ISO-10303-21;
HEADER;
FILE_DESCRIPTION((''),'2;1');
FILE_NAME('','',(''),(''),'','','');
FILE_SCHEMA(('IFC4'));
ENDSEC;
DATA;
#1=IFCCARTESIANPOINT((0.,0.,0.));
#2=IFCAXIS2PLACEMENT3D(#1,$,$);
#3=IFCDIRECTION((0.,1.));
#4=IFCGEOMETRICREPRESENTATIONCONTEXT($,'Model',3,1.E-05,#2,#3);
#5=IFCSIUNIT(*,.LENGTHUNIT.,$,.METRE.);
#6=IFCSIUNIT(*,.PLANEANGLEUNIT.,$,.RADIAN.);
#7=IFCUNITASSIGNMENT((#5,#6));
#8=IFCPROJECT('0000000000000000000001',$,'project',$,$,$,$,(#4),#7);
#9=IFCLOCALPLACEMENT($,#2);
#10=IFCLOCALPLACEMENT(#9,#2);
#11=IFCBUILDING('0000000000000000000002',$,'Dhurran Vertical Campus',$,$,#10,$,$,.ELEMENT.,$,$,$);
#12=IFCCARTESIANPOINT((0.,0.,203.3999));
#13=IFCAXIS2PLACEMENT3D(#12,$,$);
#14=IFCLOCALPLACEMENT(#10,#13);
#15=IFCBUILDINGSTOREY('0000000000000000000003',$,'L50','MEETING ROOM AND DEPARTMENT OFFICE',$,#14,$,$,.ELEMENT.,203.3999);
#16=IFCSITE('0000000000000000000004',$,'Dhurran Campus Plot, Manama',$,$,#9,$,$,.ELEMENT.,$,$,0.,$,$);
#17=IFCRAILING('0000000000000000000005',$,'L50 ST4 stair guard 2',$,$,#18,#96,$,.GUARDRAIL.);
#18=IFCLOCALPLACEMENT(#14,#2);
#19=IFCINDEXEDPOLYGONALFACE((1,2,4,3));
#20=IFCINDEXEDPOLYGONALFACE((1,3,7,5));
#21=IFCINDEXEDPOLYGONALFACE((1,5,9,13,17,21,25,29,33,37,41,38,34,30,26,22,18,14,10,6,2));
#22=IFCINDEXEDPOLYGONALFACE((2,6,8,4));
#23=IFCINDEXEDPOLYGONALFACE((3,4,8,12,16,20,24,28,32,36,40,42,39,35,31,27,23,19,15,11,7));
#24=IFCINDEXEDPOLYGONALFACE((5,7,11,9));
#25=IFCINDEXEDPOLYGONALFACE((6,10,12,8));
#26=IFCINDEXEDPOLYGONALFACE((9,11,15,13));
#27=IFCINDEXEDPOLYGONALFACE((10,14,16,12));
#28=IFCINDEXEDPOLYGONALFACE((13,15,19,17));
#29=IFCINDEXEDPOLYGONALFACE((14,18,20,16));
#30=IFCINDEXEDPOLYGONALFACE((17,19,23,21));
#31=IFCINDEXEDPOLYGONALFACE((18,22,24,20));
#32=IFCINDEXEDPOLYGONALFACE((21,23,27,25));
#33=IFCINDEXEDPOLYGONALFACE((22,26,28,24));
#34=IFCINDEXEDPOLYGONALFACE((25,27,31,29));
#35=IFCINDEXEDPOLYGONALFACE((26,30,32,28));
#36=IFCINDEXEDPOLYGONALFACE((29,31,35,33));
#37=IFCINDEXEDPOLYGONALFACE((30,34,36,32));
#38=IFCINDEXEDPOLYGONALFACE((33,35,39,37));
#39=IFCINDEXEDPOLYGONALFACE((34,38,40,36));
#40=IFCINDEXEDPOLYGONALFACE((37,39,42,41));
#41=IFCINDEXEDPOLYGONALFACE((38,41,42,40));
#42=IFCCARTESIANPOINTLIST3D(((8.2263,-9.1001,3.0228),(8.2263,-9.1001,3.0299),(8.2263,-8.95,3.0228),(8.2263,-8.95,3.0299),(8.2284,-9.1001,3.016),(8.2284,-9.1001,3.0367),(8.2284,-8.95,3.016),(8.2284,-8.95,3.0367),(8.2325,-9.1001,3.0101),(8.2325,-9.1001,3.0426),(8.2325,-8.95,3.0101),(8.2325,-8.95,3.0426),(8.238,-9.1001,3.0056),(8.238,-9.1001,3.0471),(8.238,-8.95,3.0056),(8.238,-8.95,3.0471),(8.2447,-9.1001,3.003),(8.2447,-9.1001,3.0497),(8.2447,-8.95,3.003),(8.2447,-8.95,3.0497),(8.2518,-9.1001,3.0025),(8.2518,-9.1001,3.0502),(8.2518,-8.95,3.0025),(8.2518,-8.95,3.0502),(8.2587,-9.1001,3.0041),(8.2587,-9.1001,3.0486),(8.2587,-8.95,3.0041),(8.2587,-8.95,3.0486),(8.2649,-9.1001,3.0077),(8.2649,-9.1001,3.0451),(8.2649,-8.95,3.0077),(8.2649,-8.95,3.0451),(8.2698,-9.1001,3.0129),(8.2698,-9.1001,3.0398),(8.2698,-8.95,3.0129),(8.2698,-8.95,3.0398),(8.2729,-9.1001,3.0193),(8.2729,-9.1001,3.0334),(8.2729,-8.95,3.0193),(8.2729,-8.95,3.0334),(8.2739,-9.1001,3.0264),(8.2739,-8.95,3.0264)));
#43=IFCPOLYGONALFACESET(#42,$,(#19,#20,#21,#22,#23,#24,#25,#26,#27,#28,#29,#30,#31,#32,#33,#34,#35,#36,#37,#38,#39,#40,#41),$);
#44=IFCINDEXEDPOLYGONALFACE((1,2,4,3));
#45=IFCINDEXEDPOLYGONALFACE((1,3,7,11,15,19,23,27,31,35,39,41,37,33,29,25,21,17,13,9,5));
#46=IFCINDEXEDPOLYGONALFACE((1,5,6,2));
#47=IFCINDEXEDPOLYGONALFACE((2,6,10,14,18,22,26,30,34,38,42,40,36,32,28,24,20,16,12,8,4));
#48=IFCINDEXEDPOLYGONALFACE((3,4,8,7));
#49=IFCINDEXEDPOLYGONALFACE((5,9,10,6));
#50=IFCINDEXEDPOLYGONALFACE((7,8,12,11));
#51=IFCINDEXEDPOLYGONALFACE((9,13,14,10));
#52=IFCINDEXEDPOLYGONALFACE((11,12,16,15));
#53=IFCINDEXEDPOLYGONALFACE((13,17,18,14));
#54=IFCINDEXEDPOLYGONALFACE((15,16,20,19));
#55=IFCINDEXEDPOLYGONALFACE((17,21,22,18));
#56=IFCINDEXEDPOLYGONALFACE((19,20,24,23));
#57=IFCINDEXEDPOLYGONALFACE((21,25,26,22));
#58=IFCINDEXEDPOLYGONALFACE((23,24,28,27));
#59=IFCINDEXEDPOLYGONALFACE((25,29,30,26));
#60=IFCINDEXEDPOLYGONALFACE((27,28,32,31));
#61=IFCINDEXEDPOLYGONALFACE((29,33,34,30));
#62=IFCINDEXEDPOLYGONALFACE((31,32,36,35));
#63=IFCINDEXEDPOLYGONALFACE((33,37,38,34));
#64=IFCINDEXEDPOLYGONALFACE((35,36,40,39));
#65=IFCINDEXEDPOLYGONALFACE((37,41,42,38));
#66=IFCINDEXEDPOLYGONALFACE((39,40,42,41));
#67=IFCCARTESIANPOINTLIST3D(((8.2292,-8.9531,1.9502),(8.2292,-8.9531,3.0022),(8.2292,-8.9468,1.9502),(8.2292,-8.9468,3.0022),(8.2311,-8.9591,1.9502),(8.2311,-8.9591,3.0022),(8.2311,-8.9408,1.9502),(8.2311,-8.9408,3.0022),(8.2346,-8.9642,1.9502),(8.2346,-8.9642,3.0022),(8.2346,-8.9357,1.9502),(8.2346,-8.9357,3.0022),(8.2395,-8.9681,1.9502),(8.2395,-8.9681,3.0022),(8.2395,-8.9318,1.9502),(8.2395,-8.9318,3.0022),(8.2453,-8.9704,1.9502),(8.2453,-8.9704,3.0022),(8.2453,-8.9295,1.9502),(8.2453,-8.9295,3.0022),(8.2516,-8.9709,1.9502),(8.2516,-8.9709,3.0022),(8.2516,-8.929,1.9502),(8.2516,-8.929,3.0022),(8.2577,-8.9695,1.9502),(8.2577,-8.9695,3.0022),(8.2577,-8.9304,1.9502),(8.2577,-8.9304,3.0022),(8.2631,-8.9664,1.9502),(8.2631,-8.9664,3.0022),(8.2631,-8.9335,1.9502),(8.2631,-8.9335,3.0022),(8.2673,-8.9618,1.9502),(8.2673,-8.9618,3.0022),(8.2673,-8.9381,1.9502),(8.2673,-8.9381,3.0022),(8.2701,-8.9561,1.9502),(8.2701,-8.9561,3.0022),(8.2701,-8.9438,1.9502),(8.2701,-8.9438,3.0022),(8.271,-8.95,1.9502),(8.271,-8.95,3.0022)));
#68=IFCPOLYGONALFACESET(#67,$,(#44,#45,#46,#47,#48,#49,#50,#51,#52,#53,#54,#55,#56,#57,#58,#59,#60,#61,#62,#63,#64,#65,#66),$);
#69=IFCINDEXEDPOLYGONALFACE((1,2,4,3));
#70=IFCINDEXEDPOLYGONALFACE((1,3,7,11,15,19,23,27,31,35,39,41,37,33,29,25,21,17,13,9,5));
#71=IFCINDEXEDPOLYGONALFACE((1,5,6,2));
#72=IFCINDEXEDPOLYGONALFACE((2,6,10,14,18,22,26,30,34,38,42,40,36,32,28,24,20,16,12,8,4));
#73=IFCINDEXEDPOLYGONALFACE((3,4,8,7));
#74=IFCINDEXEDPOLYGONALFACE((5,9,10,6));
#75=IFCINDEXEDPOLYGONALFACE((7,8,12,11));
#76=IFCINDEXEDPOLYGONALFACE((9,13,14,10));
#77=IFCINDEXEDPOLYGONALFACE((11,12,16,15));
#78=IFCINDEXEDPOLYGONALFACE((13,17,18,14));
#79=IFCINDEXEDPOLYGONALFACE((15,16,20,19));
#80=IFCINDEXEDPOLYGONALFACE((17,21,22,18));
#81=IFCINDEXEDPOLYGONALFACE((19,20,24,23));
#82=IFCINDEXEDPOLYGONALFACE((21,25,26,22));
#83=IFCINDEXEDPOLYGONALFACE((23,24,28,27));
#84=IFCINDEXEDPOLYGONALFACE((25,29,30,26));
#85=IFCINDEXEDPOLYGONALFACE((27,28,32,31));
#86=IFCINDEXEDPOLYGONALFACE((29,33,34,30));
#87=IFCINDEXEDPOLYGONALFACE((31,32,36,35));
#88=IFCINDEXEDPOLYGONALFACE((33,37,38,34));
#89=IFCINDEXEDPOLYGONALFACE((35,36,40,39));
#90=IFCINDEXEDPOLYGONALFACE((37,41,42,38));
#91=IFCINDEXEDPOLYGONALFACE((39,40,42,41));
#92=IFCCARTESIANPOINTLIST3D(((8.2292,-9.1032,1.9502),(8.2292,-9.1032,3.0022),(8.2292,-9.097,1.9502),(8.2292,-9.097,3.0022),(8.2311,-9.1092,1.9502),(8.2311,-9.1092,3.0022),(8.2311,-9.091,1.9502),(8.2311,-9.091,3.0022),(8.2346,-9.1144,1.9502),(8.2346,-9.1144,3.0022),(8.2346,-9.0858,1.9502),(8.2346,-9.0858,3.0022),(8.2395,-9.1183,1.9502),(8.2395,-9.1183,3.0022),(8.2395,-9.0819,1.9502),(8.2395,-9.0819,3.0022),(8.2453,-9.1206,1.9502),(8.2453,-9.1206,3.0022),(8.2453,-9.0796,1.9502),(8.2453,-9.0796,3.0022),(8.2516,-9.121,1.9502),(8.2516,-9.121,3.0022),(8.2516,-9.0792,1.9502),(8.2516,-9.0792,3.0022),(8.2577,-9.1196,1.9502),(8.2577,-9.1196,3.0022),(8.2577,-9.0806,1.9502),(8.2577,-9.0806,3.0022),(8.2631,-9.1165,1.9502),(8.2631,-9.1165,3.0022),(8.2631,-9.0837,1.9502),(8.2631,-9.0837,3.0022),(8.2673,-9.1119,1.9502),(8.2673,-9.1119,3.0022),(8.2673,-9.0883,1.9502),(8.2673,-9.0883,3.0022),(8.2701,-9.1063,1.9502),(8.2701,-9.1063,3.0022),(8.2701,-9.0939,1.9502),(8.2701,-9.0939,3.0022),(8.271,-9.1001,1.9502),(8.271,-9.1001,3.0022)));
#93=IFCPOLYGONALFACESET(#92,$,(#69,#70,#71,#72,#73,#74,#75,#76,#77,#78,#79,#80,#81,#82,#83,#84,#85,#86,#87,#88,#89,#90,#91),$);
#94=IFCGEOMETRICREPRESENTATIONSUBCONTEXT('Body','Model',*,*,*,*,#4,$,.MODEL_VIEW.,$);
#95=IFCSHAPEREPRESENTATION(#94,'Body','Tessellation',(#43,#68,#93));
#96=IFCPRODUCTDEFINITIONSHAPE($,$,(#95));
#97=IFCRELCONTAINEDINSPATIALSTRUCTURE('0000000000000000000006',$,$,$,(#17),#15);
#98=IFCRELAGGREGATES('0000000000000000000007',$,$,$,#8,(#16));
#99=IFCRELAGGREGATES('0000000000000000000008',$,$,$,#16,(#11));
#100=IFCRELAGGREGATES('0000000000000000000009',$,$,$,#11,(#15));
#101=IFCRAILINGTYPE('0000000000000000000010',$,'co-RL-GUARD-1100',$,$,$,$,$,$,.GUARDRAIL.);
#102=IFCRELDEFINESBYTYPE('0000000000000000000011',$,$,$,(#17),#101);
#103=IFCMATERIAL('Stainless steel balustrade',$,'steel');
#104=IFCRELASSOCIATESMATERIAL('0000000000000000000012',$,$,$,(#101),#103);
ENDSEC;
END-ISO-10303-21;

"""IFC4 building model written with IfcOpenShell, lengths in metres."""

from ifc_helpers import new_model, si_unit, direction, frame, origin, origin_2d, place, context, subcontext, project, spatial, circle, extrude, material, type_object, element, save


model = new_model("IFC4")

# Units and contexts
model_context = context("Model", 3, precision=1e-05, world=origin(), true_north=direction((0.0, 1.0)))
body_context = subcontext(model_context, "Body", "Model", "MODEL_VIEW")
ifc_project = project(units=[si_unit("LENGTHUNIT", "METRE"), si_unit("PLANEANGLEUNIT", "RADIAN")], contexts=[model_context])

# Site, building, storey
site_placement = place(None, origin())
site = spatial("IfcSite", under=ifc_project, at=site_placement, Name="Dhurran Campus Plot, Manama", CompositionType="ELEMENT", RefElevation=0.0)
building_placement = place(site_placement, origin())
building = spatial("IfcBuilding", under=site, at=building_placement, Name="Dhurran Vertical Campus", CompositionType="ELEMENT")
storey_placement = place(building_placement, frame((0.0, 0.0, 203.3999)))
storey = spatial("IfcBuildingStorey", under=building, at=storey_placement, Name="L50", Description="MEETING ROOM AND DEPARTMENT OFFICE", CompositionType="ELEMENT", Elevation=203.3999)

# Railing
ifc_material_1 = material(Name="Stainless steel balustrade", Category="steel")
railing_type_1 = type_object("IfcRailingType", Name="co-RL-GUARD-1100", PredefinedType="GUARDRAIL", material=ifc_material_1)
railing_1_placement = place(storey_placement, frame((8.25, -8.95, 1.9502)))
element("IfcRailing", 1, at=railing_1_placement, inside=storey, type_object=railing_type_1, Name="L50 ST4 stair guard 2", PredefinedType="GUARDRAIL", context=body_context, shape_type="SweptSolid", body=[
    extrude(circle(Radius=0.0239, at=origin_2d()), frame((0.0, 0.0, 1.0762), z_axis=(0.0, -1.0, 0.0), x_axis=(1.0, 0.0, 0.0)), (0.0, 0.0, 1.0), 0.1501),
    extrude(circle(Radius=0.021, at=origin_2d()), origin(), (0.0, 0.0, 1.0), 1.052),
    extrude(circle(Radius=0.021, at=origin_2d()), frame((0.0, -0.1501, 0.0)), (0.0, 0.0, 1.0), 1.052),
])

save(model, "model.ifc")
